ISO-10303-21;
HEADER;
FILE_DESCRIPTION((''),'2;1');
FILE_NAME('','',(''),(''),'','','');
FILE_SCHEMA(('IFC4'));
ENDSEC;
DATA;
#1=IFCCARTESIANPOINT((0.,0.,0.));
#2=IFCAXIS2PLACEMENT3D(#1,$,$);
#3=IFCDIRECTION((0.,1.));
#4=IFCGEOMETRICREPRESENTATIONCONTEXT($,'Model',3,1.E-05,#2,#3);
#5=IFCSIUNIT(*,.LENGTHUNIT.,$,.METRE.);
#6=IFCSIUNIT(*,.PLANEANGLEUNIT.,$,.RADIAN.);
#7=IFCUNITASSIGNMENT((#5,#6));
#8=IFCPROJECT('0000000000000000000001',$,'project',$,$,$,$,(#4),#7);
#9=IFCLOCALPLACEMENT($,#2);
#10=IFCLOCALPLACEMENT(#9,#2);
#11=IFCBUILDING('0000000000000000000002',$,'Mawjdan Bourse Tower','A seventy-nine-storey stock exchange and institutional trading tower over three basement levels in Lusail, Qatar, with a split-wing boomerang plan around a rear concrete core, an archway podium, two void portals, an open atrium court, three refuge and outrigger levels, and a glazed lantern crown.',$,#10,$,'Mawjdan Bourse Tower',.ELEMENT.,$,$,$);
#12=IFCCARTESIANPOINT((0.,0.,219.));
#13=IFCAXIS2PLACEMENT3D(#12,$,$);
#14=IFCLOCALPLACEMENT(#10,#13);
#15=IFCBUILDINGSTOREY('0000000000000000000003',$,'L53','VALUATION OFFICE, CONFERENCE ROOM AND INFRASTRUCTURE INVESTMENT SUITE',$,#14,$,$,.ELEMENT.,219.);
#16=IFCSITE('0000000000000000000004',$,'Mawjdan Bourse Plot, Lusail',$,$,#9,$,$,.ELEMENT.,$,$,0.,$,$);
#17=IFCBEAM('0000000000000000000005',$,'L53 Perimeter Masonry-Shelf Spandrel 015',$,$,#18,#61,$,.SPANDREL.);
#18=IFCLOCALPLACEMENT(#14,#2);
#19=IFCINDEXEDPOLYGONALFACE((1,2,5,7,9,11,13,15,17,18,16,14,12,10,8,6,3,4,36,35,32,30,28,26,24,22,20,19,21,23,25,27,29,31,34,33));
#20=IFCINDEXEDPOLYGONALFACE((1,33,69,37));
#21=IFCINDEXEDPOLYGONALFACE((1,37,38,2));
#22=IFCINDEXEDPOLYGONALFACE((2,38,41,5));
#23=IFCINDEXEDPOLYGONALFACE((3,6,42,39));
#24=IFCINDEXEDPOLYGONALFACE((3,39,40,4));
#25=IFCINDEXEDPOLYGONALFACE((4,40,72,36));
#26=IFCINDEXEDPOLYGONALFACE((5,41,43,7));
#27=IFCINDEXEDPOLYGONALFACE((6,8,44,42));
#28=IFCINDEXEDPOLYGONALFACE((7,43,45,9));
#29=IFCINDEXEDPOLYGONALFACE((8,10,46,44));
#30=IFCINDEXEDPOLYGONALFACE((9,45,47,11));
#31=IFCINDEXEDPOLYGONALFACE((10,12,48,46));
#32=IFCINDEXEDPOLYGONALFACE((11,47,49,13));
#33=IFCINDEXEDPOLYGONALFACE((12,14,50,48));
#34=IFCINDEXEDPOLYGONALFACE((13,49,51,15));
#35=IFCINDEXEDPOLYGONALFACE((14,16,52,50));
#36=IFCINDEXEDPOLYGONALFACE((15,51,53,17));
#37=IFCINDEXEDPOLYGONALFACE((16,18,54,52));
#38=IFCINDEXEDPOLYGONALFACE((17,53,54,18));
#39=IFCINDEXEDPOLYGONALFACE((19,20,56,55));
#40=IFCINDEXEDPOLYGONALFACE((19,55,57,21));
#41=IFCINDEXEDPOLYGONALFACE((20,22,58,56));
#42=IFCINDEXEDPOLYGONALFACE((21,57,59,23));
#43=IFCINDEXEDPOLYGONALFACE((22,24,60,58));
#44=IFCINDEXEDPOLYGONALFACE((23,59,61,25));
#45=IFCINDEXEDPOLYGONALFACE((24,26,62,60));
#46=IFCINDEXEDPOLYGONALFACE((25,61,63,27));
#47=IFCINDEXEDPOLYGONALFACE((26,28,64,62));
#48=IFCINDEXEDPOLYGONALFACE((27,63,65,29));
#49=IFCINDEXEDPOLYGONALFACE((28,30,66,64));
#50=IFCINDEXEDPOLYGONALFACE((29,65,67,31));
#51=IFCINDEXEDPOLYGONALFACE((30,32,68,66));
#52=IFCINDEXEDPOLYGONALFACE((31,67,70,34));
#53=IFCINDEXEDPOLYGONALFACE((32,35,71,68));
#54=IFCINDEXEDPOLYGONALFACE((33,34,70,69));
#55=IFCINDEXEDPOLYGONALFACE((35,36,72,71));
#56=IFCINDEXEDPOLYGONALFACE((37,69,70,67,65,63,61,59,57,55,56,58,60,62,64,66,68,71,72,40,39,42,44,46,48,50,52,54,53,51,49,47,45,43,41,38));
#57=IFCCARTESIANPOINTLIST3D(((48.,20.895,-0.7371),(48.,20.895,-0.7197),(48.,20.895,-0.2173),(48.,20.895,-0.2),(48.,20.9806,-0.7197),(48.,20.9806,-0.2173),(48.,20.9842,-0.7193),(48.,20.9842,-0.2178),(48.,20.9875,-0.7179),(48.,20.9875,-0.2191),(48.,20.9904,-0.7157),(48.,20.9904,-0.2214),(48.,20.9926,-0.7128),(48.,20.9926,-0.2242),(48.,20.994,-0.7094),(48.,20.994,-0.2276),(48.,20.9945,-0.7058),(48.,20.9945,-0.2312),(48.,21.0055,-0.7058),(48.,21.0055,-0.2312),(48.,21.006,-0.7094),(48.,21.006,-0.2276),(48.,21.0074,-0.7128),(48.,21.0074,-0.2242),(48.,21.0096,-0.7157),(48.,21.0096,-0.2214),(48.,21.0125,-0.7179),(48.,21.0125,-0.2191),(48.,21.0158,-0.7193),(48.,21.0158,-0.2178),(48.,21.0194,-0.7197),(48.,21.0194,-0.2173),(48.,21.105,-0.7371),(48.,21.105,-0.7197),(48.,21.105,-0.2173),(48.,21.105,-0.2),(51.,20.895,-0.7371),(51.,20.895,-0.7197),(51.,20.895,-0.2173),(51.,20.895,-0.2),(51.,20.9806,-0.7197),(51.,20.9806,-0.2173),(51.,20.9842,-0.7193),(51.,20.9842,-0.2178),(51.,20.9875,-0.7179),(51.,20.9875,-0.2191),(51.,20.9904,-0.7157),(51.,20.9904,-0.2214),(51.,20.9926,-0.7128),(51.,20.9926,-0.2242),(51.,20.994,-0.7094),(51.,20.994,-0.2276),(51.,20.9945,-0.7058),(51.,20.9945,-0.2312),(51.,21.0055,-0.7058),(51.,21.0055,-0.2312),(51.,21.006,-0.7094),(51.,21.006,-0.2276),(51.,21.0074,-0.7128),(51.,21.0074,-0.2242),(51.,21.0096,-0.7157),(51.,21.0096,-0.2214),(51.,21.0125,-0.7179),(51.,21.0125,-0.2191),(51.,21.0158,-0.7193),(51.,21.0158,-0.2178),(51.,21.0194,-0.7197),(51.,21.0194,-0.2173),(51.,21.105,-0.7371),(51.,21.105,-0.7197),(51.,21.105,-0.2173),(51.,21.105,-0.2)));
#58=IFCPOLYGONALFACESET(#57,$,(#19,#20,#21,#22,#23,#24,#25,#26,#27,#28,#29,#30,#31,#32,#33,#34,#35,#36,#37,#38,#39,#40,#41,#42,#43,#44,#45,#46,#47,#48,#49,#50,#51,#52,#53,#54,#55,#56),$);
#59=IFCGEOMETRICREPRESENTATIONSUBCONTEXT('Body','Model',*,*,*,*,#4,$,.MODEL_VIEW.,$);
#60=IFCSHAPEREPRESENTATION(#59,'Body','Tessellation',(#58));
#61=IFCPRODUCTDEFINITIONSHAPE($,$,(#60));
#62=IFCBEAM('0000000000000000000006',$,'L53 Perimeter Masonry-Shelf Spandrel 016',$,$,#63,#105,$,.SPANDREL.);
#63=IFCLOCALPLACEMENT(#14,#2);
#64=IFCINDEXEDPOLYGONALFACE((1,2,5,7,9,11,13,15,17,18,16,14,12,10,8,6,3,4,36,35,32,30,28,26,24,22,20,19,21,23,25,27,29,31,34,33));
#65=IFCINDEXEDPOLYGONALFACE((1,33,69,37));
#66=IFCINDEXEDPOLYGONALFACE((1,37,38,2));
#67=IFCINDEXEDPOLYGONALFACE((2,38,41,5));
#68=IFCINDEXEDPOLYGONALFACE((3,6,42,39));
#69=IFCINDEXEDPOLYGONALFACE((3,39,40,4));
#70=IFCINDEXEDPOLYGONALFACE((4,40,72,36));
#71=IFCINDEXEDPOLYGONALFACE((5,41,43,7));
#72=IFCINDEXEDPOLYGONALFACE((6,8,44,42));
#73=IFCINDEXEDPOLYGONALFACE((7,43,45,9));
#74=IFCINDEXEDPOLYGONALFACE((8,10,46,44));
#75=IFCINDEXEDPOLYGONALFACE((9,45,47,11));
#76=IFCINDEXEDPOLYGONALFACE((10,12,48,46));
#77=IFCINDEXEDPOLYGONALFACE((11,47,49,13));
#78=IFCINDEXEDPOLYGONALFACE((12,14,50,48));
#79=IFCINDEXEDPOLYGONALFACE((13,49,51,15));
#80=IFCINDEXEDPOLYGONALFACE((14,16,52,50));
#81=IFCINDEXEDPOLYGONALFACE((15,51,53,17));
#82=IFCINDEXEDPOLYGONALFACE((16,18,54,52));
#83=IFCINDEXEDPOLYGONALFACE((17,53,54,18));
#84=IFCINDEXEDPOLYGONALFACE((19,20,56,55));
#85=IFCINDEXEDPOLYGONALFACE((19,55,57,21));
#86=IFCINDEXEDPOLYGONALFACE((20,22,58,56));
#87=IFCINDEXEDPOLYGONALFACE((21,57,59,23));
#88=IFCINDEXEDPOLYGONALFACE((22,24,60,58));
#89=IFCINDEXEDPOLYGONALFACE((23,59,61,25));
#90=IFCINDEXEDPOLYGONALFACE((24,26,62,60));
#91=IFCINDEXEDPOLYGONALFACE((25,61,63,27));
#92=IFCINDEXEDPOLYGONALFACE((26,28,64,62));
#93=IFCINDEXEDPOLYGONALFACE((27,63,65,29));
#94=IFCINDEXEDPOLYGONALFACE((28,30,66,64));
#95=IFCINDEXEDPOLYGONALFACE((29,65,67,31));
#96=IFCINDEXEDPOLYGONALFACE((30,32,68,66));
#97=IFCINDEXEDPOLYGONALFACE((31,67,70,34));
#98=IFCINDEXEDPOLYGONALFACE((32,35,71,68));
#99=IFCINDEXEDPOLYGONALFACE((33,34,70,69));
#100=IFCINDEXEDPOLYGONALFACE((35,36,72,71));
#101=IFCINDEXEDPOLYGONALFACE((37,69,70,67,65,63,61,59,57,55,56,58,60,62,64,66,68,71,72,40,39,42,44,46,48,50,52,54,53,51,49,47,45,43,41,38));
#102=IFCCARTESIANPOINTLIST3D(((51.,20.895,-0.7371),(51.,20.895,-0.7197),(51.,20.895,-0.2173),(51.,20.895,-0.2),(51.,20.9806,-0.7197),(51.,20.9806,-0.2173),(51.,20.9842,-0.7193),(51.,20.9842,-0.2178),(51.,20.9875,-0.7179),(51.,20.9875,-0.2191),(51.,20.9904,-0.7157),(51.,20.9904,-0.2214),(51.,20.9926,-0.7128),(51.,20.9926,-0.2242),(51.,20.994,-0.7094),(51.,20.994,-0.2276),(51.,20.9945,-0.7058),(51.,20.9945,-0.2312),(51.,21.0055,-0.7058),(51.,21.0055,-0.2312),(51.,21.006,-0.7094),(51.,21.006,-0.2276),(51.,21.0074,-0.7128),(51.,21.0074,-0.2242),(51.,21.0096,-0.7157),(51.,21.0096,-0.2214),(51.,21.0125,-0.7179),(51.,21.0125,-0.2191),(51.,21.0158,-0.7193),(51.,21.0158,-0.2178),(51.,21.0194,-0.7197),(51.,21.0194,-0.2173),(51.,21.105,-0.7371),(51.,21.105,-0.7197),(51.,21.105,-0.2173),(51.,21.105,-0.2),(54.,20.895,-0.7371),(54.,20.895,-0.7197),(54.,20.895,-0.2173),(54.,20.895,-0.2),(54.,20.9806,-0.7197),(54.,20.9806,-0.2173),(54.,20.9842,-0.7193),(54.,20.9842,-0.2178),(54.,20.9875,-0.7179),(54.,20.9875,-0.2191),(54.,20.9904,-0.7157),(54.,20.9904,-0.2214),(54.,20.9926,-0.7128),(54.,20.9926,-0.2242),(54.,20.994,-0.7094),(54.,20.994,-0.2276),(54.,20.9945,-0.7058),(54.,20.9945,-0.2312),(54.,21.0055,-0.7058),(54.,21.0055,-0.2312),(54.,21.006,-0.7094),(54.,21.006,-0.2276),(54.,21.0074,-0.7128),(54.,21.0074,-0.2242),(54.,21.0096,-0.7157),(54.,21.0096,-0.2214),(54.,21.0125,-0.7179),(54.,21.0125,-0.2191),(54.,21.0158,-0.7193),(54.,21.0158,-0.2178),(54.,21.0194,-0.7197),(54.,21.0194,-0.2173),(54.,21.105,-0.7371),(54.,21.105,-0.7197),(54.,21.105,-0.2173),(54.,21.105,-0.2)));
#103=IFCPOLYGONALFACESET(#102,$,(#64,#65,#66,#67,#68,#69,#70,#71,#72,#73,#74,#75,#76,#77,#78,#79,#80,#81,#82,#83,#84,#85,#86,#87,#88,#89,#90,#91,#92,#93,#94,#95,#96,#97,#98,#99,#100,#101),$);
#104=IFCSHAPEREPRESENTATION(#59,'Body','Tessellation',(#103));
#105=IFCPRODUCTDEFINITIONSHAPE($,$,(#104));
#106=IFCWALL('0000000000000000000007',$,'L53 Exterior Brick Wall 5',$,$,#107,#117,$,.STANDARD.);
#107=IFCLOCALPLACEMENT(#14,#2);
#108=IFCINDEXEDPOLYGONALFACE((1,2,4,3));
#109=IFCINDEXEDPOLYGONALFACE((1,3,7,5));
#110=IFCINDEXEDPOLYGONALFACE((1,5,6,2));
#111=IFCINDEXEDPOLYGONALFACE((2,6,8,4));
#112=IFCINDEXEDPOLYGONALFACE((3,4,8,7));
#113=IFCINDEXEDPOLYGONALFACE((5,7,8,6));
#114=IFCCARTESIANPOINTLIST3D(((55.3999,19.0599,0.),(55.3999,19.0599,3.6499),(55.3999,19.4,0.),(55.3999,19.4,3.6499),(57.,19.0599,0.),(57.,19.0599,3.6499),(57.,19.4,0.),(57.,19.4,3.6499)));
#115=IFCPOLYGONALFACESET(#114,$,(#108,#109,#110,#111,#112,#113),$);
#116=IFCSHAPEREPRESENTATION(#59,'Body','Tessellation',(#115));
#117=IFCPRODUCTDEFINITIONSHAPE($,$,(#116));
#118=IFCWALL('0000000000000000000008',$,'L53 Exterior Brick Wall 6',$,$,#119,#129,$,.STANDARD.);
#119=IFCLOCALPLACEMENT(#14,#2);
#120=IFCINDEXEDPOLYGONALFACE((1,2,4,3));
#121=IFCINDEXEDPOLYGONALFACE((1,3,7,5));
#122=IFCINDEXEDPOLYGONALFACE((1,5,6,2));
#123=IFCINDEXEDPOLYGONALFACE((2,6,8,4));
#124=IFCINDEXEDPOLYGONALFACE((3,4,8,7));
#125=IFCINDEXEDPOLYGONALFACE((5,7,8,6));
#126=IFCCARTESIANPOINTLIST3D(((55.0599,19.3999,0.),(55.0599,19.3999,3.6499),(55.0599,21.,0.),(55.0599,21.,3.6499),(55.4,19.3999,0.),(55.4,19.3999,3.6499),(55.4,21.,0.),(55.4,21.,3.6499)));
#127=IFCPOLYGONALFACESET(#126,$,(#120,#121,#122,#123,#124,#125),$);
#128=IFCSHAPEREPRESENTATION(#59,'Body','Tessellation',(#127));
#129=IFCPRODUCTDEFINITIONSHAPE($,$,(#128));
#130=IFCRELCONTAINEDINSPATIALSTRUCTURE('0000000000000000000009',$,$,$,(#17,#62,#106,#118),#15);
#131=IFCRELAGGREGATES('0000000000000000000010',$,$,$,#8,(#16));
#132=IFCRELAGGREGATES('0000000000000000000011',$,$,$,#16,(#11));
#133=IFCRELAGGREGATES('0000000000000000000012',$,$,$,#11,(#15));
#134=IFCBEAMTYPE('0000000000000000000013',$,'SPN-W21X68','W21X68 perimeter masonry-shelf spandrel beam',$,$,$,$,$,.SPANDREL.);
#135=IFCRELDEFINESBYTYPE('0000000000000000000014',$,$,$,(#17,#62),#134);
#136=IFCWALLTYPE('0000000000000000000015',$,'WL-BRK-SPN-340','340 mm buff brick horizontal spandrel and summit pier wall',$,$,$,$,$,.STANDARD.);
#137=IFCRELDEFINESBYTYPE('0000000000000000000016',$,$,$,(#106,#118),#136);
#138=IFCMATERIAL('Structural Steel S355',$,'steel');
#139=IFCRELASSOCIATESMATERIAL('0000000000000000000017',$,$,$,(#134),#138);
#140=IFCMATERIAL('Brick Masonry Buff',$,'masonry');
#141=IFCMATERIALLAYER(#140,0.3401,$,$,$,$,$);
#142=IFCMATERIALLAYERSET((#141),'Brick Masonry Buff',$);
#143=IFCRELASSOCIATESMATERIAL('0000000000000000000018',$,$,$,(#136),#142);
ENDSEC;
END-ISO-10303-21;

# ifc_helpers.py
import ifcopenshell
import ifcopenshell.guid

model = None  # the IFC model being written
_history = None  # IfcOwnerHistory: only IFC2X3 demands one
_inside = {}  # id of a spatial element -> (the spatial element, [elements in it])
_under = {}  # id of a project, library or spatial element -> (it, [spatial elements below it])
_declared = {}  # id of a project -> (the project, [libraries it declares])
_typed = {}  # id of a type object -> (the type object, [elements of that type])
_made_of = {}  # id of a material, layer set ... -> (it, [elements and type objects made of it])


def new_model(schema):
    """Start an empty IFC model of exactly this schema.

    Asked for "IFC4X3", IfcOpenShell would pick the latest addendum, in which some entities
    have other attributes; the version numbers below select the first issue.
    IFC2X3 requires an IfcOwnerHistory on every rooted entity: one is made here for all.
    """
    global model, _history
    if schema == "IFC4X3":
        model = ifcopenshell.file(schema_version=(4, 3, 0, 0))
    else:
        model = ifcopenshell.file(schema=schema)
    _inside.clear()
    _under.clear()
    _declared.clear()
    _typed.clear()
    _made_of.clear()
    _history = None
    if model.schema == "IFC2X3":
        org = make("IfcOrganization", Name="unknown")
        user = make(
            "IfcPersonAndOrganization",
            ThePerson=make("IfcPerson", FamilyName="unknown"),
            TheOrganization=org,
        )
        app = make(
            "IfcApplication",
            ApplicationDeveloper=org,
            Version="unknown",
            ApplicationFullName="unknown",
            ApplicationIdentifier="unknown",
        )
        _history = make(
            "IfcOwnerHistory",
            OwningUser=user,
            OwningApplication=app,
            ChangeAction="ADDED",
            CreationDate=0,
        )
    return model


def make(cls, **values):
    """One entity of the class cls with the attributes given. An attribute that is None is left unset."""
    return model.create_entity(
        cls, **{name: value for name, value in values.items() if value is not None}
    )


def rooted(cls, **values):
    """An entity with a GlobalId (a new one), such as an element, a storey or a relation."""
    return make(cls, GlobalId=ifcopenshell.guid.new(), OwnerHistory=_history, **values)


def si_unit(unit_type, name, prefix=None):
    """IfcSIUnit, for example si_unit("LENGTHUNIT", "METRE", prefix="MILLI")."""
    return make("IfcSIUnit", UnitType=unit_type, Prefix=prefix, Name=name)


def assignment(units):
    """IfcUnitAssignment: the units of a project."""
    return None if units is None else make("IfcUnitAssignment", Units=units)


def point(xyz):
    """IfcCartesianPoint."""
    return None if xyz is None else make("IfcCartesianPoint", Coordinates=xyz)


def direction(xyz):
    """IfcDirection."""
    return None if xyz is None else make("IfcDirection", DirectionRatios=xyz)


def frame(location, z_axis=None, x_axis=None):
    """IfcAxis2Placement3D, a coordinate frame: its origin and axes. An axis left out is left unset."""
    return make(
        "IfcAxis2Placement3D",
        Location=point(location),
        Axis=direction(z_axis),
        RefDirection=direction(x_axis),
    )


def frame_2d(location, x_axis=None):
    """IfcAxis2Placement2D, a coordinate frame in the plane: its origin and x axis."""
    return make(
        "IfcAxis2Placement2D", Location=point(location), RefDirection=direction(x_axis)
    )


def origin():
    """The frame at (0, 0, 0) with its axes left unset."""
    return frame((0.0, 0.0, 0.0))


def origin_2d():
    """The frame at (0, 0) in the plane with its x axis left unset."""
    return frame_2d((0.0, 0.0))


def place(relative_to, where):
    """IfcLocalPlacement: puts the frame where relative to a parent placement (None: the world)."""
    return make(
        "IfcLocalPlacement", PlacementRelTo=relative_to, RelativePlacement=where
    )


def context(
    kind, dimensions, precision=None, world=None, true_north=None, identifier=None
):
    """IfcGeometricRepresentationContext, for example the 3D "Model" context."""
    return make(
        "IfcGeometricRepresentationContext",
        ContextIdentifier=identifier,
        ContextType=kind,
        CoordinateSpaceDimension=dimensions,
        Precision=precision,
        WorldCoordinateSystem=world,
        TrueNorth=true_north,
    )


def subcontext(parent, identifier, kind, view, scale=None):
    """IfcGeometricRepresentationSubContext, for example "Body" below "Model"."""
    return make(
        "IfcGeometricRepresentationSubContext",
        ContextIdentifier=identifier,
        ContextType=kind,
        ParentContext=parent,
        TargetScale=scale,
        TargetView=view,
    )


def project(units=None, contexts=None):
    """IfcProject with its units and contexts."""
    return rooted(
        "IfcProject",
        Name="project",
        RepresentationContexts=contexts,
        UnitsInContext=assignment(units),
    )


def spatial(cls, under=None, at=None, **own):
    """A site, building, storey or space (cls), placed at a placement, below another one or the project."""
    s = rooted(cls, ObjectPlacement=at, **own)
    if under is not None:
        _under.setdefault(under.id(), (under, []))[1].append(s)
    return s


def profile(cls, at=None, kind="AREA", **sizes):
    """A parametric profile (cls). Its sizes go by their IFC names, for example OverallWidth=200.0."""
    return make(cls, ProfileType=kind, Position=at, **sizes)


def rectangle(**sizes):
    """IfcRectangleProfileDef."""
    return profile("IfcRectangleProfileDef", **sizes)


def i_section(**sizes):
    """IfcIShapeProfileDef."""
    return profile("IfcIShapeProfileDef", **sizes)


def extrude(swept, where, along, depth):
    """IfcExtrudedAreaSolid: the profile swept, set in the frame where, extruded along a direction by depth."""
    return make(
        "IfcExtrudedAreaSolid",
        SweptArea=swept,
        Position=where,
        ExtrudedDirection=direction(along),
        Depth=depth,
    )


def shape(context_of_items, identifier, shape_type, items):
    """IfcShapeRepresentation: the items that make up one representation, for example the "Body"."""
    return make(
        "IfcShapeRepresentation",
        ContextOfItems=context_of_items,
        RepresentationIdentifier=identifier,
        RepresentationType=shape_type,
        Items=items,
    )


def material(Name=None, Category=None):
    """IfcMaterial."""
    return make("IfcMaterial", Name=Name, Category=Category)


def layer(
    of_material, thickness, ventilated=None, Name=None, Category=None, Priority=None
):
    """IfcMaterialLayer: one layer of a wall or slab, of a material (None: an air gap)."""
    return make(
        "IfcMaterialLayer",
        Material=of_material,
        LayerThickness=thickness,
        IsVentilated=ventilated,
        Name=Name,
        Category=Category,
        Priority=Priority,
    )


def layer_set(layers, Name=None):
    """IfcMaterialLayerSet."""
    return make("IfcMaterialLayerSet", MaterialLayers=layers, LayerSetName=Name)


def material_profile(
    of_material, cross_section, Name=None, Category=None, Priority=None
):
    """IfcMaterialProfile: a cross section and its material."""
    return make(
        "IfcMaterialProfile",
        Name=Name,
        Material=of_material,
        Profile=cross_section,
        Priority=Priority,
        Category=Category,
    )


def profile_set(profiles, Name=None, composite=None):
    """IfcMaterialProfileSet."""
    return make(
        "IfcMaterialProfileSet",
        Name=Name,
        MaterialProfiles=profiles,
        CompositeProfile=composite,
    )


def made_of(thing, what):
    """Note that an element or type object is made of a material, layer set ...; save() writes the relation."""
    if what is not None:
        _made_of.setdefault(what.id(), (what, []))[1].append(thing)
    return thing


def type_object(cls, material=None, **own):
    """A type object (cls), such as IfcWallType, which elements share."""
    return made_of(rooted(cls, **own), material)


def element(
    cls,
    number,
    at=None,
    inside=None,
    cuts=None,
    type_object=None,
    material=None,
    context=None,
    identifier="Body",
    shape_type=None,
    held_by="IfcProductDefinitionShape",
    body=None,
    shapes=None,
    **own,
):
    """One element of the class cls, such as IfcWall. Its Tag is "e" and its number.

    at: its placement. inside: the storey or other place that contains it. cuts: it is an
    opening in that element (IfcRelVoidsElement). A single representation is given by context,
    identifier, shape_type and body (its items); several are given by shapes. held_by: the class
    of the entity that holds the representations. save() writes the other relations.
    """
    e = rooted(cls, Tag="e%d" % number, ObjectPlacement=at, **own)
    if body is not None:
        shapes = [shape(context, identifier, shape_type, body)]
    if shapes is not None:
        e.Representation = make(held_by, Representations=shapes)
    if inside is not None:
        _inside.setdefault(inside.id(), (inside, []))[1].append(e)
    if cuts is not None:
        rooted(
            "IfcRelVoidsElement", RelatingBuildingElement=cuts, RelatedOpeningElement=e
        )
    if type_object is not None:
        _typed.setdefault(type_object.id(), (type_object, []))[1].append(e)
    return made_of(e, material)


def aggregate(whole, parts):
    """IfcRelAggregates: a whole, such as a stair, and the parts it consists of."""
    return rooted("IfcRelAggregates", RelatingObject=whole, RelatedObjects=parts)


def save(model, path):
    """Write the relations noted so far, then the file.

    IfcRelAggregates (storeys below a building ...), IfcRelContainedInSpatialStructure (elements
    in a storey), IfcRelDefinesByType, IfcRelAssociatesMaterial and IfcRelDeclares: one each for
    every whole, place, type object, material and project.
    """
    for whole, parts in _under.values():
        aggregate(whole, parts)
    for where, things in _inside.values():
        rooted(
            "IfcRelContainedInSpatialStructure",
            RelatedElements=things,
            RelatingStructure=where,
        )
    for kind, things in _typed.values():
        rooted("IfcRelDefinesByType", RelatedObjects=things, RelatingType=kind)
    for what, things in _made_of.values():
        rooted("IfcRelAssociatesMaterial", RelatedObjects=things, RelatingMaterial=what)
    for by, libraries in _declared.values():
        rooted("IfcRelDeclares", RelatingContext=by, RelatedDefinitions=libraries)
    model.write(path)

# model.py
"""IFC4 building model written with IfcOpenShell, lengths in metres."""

from ifc_helpers import new_model, si_unit, direction, frame, frame_2d, origin, origin_2d, place, context, subcontext, project, spatial, rectangle, i_section, extrude, material, layer, layer_set, material_profile, profile_set, type_object, element, save


model = new_model("IFC4")

# Units and contexts
model_context = context("Model", 3, precision=1e-05, world=origin(), true_north=direction((0.0, 1.0)))
body_context = subcontext(model_context, "Body", "Model", "MODEL_VIEW")
ifc_project = project(units=[si_unit("LENGTHUNIT", "METRE"), si_unit("PLANEANGLEUNIT", "RADIAN")], contexts=[model_context])

# Site, building, storey
site_placement = place(None, origin())
site = spatial("IfcSite", under=ifc_project, at=site_placement, Name="Mawjdan Bourse Plot, Lusail", CompositionType="ELEMENT", RefElevation=0.0)
building_placement = place(site_placement, origin())
building = spatial("IfcBuilding", under=site, at=building_placement, Name="Mawjdan Bourse Tower", Description="A seventy-nine-storey stock exchange and institutional trading tower over three basement levels in Lusail, Qatar, with a split-wing boomerang plan around a rear concrete core, an archway podium, two void portals, an open atrium court, three refuge and outrigger levels, and a glazed lantern crown.", LongName="Mawjdan Bourse Tower", CompositionType="ELEMENT")
storey_placement = place(building_placement, frame((0.0, 0.0, 219.0)))
storey = spatial("IfcBuildingStorey", under=building, at=storey_placement, Name="L53", Description="VALUATION OFFICE, CONFERENCE ROOM AND INFRASTRUCTURE INVESTMENT SUITE", CompositionType="ELEMENT", Elevation=219.0)

# Beams
ifc_material_1 = material(Name="Structural Steel S355", Category="steel")
ifc_material_profile_1 = material_profile(ifc_material_1, i_section(OverallWidth=0.21, OverallDepth=0.5371, WebThickness=0.011, FlangeThickness=0.0173, FilletRadius=0.0139, at=origin_2d()), Name="W21X68")
ifc_profile_set_1 = profile_set([ifc_material_profile_1], Name="Structural Steel S355")
beam_type_1 = type_object("IfcBeamType", Name="SPN-W21X68", Description="W21X68 perimeter masonry-shelf spandrel beam", PredefinedType="SPANDREL", material=ifc_profile_set_1)
for number, where, z_axis, x_axis, name in (
    (1, (48.0, 21.0, -0.4685), (1.0, 0.0, 0.0), (0.0, 1.0, 0.0), "L53 Perimeter Masonry-Shelf Spandrel 015"),
    (2, (51.0, 21.0, -0.4685), (1.0, 0.0, 0.0), (0.0, 1.0, 0.0), "L53 Perimeter Masonry-Shelf Spandrel 016"),
):
    element("IfcBeam", number, at=place(storey_placement, frame(where, z_axis=z_axis, x_axis=x_axis)), inside=storey, type_object=beam_type_1, Name=name, PredefinedType="SPANDREL", context=body_context, shape_type="SweptSolid", body=[
        extrude(i_section(OverallWidth=0.21, OverallDepth=0.5371, WebThickness=0.011, FlangeThickness=0.0173, FilletRadius=0.0139, at=origin_2d()), origin(), (0.0, 0.0, 1.0), 3.0),
    ])

# Walls
ifc_material_2 = material(Name="Brick Masonry Buff", Category="masonry")
ifc_layer_1 = layer(ifc_material_2, 0.3401)
ifc_layer_set_1 = layer_set([ifc_layer_1], Name="Brick Masonry Buff")
wall_type_1 = type_object("IfcWallType", Name="WL-BRK-SPN-340", Description="340 mm buff brick horizontal spandrel and summit pier wall", PredefinedType="STANDARD", material=ifc_layer_set_1)
for number, where, z_axis, x_axis, name in (
    (3, (57.0, 19.23, 0.0), (0.0, 0.0, 1.0), (-1.0, 0.0, 0.0), "L53 Exterior Brick Wall 5"),
    (4, (55.23, 19.3999, 0.0), (0.0, 0.0, 1.0), (0.0, 1.0, 0.0), "L53 Exterior Brick Wall 6"),
):
    element("IfcWall", number, at=place(storey_placement, frame(where, z_axis=z_axis, x_axis=x_axis)), inside=storey, type_object=wall_type_1, Name=name, PredefinedType="STANDARD", context=body_context, shape_type="SweptSolid", body=[
        extrude(rectangle(XDim=1.6001, YDim=0.3401, at=frame_2d((0.8, 0.0))), origin(), (0.0, 0.0, 1.0), 3.6499),
    ])

save(model, "model.ifc")
